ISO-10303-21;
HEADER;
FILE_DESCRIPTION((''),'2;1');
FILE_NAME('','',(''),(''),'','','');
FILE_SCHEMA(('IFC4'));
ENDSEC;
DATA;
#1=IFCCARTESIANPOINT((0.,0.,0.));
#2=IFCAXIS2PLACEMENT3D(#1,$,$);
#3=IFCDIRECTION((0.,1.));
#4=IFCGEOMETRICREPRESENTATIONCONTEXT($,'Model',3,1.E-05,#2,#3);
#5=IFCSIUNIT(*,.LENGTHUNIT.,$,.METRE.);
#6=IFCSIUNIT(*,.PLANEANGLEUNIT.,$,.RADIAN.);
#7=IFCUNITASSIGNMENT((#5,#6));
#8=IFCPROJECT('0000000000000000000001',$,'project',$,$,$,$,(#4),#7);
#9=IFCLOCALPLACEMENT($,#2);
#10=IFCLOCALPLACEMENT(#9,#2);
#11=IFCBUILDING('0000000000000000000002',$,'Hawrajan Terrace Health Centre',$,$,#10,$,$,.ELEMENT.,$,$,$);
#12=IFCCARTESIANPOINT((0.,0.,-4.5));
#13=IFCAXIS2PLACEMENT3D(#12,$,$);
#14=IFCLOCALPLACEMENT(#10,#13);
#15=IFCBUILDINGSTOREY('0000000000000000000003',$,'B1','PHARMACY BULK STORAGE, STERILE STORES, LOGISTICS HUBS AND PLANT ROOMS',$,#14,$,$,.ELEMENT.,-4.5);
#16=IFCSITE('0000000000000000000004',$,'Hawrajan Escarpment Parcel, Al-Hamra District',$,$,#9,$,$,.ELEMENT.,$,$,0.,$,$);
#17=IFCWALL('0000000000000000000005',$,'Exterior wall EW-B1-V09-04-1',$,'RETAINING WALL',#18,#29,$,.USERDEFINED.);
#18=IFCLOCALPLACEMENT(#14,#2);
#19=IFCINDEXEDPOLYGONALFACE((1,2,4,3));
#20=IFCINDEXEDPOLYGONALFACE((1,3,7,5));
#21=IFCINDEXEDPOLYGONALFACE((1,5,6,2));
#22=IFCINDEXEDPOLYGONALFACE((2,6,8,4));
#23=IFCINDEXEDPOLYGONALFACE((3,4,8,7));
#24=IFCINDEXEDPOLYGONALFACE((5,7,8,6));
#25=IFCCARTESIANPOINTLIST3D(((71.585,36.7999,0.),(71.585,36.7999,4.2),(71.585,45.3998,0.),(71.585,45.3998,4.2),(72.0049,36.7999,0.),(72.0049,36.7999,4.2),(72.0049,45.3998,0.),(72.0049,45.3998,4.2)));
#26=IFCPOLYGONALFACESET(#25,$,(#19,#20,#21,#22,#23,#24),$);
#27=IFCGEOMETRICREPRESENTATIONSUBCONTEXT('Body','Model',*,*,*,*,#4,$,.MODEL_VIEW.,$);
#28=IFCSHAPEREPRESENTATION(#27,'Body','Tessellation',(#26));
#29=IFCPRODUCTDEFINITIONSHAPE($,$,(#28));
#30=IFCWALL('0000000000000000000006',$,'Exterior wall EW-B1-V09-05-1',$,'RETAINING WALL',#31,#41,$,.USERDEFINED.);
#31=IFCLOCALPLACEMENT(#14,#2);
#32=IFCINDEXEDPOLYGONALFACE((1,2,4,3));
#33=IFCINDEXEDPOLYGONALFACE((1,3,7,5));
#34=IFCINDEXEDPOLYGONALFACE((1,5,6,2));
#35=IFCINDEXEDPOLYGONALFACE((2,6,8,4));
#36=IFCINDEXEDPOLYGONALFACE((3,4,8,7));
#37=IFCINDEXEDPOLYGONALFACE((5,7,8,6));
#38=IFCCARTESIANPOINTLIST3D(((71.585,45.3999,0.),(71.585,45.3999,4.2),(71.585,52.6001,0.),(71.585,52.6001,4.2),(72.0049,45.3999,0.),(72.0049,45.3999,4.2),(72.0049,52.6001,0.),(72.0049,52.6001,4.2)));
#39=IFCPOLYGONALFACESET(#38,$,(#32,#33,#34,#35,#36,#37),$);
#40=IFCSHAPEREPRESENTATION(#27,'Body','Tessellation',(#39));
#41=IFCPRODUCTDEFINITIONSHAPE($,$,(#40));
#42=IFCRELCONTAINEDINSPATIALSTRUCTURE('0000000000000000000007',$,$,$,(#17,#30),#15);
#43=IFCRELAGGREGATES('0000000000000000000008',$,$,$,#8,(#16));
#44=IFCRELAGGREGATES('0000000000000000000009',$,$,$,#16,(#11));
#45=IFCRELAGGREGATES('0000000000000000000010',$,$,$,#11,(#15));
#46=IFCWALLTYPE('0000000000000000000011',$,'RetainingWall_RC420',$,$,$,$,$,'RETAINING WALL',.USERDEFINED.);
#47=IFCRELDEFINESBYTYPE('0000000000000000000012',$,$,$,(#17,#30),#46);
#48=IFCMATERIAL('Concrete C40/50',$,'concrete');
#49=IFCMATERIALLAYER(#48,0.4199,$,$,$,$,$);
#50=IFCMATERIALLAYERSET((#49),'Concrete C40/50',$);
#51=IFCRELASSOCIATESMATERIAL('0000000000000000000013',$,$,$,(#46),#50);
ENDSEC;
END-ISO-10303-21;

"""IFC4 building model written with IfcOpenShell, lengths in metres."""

from ifc_helpers import new_model, si_unit, direction, frame, frame_2d, origin, place, context, subcontext, project, spatial, rectangle, extrude, material, layer, layer_set, type_object, element, save


model = new_model("IFC4")

# Units and contexts
model_context = context("Model", 3, precision=1e-05, world=origin(), true_north=direction((0.0, 1.0)))
body_context = subcontext(model_context, "Body", "Model", "MODEL_VIEW")
ifc_project = project(units=[si_unit("LENGTHUNIT", "METRE"), si_unit("PLANEANGLEUNIT", "RADIAN")], contexts=[model_context])

# Site, building, storey
site_placement = place(None, origin())
site = spatial("IfcSite", under=ifc_project, at=site_placement, Name="Hawrajan Escarpment Parcel, Al-Hamra District", CompositionType="ELEMENT", RefElevation=0.0)
building_placement = place(site_placement, origin())
building = spatial("IfcBuilding", under=site, at=building_placement, Name="Hawrajan Terrace Health Centre", CompositionType="ELEMENT")
storey_placement = place(building_placement, frame((0.0, 0.0, -4.5)))
storey = spatial("IfcBuildingStorey", under=building, at=storey_placement, Name="B1", Description="PHARMACY BULK STORAGE, STERILE STORES, LOGISTICS HUBS AND PLANT ROOMS", CompositionType="ELEMENT", Elevation=-4.5)

# Shared definitions
ifc_material_1 = material(Name="Concrete C40/50", Category="concrete")

# Walls
ifc_layer_1 = layer(ifc_material_1, 0.4199)
ifc_layer_set_1 = layer_set([ifc_layer_1], Name="Concrete C40/50")
wall_type_1 = type_object("IfcWallType", Name="RetainingWall_RC420", ElementType="RETAINING WALL", PredefinedType="USERDEFINED", material=ifc_layer_set_1)
wall_1_placement = place(storey_placement, frame((71.7949, 36.8, 0.0), z_axis=(0.0, 0.0, 1.0), x_axis=(0.0, 1.0, 0.0)))
element("IfcWall", 1, at=wall_1_placement, inside=storey, type_object=wall_type_1, Name="Exterior wall EW-B1-V09-04-1", ObjectType="RETAINING WALL", PredefinedType="USERDEFINED", context=body_context, shape_type="SweptSolid", body=[
    extrude(rectangle(XDim=8.5999, YDim=0.4199, at=frame_2d((4.2998, 0.0))), origin(), (0.0, 0.0, 1.0), 4.2),
])
wall_2_placement = place(storey_placement, frame((71.7949, 45.3999, 0.0), z_axis=(0.0, 0.0, 1.0), x_axis=(0.0, 1.0, 0.0)))
element("IfcWall", 2, at=wall_2_placement, inside=storey, type_object=wall_type_1, Name="Exterior wall EW-B1-V09-05-1", ObjectType="RETAINING WALL", PredefinedType="USERDEFINED", context=body_context, shape_type="SweptSolid", body=[
    extrude(rectangle(XDim=7.2002, YDim=0.4199, at=frame_2d((3.6001, 0.0))), origin(), (0.0, 0.0, 1.0), 4.2),
])

save(model, "model.ifc")
